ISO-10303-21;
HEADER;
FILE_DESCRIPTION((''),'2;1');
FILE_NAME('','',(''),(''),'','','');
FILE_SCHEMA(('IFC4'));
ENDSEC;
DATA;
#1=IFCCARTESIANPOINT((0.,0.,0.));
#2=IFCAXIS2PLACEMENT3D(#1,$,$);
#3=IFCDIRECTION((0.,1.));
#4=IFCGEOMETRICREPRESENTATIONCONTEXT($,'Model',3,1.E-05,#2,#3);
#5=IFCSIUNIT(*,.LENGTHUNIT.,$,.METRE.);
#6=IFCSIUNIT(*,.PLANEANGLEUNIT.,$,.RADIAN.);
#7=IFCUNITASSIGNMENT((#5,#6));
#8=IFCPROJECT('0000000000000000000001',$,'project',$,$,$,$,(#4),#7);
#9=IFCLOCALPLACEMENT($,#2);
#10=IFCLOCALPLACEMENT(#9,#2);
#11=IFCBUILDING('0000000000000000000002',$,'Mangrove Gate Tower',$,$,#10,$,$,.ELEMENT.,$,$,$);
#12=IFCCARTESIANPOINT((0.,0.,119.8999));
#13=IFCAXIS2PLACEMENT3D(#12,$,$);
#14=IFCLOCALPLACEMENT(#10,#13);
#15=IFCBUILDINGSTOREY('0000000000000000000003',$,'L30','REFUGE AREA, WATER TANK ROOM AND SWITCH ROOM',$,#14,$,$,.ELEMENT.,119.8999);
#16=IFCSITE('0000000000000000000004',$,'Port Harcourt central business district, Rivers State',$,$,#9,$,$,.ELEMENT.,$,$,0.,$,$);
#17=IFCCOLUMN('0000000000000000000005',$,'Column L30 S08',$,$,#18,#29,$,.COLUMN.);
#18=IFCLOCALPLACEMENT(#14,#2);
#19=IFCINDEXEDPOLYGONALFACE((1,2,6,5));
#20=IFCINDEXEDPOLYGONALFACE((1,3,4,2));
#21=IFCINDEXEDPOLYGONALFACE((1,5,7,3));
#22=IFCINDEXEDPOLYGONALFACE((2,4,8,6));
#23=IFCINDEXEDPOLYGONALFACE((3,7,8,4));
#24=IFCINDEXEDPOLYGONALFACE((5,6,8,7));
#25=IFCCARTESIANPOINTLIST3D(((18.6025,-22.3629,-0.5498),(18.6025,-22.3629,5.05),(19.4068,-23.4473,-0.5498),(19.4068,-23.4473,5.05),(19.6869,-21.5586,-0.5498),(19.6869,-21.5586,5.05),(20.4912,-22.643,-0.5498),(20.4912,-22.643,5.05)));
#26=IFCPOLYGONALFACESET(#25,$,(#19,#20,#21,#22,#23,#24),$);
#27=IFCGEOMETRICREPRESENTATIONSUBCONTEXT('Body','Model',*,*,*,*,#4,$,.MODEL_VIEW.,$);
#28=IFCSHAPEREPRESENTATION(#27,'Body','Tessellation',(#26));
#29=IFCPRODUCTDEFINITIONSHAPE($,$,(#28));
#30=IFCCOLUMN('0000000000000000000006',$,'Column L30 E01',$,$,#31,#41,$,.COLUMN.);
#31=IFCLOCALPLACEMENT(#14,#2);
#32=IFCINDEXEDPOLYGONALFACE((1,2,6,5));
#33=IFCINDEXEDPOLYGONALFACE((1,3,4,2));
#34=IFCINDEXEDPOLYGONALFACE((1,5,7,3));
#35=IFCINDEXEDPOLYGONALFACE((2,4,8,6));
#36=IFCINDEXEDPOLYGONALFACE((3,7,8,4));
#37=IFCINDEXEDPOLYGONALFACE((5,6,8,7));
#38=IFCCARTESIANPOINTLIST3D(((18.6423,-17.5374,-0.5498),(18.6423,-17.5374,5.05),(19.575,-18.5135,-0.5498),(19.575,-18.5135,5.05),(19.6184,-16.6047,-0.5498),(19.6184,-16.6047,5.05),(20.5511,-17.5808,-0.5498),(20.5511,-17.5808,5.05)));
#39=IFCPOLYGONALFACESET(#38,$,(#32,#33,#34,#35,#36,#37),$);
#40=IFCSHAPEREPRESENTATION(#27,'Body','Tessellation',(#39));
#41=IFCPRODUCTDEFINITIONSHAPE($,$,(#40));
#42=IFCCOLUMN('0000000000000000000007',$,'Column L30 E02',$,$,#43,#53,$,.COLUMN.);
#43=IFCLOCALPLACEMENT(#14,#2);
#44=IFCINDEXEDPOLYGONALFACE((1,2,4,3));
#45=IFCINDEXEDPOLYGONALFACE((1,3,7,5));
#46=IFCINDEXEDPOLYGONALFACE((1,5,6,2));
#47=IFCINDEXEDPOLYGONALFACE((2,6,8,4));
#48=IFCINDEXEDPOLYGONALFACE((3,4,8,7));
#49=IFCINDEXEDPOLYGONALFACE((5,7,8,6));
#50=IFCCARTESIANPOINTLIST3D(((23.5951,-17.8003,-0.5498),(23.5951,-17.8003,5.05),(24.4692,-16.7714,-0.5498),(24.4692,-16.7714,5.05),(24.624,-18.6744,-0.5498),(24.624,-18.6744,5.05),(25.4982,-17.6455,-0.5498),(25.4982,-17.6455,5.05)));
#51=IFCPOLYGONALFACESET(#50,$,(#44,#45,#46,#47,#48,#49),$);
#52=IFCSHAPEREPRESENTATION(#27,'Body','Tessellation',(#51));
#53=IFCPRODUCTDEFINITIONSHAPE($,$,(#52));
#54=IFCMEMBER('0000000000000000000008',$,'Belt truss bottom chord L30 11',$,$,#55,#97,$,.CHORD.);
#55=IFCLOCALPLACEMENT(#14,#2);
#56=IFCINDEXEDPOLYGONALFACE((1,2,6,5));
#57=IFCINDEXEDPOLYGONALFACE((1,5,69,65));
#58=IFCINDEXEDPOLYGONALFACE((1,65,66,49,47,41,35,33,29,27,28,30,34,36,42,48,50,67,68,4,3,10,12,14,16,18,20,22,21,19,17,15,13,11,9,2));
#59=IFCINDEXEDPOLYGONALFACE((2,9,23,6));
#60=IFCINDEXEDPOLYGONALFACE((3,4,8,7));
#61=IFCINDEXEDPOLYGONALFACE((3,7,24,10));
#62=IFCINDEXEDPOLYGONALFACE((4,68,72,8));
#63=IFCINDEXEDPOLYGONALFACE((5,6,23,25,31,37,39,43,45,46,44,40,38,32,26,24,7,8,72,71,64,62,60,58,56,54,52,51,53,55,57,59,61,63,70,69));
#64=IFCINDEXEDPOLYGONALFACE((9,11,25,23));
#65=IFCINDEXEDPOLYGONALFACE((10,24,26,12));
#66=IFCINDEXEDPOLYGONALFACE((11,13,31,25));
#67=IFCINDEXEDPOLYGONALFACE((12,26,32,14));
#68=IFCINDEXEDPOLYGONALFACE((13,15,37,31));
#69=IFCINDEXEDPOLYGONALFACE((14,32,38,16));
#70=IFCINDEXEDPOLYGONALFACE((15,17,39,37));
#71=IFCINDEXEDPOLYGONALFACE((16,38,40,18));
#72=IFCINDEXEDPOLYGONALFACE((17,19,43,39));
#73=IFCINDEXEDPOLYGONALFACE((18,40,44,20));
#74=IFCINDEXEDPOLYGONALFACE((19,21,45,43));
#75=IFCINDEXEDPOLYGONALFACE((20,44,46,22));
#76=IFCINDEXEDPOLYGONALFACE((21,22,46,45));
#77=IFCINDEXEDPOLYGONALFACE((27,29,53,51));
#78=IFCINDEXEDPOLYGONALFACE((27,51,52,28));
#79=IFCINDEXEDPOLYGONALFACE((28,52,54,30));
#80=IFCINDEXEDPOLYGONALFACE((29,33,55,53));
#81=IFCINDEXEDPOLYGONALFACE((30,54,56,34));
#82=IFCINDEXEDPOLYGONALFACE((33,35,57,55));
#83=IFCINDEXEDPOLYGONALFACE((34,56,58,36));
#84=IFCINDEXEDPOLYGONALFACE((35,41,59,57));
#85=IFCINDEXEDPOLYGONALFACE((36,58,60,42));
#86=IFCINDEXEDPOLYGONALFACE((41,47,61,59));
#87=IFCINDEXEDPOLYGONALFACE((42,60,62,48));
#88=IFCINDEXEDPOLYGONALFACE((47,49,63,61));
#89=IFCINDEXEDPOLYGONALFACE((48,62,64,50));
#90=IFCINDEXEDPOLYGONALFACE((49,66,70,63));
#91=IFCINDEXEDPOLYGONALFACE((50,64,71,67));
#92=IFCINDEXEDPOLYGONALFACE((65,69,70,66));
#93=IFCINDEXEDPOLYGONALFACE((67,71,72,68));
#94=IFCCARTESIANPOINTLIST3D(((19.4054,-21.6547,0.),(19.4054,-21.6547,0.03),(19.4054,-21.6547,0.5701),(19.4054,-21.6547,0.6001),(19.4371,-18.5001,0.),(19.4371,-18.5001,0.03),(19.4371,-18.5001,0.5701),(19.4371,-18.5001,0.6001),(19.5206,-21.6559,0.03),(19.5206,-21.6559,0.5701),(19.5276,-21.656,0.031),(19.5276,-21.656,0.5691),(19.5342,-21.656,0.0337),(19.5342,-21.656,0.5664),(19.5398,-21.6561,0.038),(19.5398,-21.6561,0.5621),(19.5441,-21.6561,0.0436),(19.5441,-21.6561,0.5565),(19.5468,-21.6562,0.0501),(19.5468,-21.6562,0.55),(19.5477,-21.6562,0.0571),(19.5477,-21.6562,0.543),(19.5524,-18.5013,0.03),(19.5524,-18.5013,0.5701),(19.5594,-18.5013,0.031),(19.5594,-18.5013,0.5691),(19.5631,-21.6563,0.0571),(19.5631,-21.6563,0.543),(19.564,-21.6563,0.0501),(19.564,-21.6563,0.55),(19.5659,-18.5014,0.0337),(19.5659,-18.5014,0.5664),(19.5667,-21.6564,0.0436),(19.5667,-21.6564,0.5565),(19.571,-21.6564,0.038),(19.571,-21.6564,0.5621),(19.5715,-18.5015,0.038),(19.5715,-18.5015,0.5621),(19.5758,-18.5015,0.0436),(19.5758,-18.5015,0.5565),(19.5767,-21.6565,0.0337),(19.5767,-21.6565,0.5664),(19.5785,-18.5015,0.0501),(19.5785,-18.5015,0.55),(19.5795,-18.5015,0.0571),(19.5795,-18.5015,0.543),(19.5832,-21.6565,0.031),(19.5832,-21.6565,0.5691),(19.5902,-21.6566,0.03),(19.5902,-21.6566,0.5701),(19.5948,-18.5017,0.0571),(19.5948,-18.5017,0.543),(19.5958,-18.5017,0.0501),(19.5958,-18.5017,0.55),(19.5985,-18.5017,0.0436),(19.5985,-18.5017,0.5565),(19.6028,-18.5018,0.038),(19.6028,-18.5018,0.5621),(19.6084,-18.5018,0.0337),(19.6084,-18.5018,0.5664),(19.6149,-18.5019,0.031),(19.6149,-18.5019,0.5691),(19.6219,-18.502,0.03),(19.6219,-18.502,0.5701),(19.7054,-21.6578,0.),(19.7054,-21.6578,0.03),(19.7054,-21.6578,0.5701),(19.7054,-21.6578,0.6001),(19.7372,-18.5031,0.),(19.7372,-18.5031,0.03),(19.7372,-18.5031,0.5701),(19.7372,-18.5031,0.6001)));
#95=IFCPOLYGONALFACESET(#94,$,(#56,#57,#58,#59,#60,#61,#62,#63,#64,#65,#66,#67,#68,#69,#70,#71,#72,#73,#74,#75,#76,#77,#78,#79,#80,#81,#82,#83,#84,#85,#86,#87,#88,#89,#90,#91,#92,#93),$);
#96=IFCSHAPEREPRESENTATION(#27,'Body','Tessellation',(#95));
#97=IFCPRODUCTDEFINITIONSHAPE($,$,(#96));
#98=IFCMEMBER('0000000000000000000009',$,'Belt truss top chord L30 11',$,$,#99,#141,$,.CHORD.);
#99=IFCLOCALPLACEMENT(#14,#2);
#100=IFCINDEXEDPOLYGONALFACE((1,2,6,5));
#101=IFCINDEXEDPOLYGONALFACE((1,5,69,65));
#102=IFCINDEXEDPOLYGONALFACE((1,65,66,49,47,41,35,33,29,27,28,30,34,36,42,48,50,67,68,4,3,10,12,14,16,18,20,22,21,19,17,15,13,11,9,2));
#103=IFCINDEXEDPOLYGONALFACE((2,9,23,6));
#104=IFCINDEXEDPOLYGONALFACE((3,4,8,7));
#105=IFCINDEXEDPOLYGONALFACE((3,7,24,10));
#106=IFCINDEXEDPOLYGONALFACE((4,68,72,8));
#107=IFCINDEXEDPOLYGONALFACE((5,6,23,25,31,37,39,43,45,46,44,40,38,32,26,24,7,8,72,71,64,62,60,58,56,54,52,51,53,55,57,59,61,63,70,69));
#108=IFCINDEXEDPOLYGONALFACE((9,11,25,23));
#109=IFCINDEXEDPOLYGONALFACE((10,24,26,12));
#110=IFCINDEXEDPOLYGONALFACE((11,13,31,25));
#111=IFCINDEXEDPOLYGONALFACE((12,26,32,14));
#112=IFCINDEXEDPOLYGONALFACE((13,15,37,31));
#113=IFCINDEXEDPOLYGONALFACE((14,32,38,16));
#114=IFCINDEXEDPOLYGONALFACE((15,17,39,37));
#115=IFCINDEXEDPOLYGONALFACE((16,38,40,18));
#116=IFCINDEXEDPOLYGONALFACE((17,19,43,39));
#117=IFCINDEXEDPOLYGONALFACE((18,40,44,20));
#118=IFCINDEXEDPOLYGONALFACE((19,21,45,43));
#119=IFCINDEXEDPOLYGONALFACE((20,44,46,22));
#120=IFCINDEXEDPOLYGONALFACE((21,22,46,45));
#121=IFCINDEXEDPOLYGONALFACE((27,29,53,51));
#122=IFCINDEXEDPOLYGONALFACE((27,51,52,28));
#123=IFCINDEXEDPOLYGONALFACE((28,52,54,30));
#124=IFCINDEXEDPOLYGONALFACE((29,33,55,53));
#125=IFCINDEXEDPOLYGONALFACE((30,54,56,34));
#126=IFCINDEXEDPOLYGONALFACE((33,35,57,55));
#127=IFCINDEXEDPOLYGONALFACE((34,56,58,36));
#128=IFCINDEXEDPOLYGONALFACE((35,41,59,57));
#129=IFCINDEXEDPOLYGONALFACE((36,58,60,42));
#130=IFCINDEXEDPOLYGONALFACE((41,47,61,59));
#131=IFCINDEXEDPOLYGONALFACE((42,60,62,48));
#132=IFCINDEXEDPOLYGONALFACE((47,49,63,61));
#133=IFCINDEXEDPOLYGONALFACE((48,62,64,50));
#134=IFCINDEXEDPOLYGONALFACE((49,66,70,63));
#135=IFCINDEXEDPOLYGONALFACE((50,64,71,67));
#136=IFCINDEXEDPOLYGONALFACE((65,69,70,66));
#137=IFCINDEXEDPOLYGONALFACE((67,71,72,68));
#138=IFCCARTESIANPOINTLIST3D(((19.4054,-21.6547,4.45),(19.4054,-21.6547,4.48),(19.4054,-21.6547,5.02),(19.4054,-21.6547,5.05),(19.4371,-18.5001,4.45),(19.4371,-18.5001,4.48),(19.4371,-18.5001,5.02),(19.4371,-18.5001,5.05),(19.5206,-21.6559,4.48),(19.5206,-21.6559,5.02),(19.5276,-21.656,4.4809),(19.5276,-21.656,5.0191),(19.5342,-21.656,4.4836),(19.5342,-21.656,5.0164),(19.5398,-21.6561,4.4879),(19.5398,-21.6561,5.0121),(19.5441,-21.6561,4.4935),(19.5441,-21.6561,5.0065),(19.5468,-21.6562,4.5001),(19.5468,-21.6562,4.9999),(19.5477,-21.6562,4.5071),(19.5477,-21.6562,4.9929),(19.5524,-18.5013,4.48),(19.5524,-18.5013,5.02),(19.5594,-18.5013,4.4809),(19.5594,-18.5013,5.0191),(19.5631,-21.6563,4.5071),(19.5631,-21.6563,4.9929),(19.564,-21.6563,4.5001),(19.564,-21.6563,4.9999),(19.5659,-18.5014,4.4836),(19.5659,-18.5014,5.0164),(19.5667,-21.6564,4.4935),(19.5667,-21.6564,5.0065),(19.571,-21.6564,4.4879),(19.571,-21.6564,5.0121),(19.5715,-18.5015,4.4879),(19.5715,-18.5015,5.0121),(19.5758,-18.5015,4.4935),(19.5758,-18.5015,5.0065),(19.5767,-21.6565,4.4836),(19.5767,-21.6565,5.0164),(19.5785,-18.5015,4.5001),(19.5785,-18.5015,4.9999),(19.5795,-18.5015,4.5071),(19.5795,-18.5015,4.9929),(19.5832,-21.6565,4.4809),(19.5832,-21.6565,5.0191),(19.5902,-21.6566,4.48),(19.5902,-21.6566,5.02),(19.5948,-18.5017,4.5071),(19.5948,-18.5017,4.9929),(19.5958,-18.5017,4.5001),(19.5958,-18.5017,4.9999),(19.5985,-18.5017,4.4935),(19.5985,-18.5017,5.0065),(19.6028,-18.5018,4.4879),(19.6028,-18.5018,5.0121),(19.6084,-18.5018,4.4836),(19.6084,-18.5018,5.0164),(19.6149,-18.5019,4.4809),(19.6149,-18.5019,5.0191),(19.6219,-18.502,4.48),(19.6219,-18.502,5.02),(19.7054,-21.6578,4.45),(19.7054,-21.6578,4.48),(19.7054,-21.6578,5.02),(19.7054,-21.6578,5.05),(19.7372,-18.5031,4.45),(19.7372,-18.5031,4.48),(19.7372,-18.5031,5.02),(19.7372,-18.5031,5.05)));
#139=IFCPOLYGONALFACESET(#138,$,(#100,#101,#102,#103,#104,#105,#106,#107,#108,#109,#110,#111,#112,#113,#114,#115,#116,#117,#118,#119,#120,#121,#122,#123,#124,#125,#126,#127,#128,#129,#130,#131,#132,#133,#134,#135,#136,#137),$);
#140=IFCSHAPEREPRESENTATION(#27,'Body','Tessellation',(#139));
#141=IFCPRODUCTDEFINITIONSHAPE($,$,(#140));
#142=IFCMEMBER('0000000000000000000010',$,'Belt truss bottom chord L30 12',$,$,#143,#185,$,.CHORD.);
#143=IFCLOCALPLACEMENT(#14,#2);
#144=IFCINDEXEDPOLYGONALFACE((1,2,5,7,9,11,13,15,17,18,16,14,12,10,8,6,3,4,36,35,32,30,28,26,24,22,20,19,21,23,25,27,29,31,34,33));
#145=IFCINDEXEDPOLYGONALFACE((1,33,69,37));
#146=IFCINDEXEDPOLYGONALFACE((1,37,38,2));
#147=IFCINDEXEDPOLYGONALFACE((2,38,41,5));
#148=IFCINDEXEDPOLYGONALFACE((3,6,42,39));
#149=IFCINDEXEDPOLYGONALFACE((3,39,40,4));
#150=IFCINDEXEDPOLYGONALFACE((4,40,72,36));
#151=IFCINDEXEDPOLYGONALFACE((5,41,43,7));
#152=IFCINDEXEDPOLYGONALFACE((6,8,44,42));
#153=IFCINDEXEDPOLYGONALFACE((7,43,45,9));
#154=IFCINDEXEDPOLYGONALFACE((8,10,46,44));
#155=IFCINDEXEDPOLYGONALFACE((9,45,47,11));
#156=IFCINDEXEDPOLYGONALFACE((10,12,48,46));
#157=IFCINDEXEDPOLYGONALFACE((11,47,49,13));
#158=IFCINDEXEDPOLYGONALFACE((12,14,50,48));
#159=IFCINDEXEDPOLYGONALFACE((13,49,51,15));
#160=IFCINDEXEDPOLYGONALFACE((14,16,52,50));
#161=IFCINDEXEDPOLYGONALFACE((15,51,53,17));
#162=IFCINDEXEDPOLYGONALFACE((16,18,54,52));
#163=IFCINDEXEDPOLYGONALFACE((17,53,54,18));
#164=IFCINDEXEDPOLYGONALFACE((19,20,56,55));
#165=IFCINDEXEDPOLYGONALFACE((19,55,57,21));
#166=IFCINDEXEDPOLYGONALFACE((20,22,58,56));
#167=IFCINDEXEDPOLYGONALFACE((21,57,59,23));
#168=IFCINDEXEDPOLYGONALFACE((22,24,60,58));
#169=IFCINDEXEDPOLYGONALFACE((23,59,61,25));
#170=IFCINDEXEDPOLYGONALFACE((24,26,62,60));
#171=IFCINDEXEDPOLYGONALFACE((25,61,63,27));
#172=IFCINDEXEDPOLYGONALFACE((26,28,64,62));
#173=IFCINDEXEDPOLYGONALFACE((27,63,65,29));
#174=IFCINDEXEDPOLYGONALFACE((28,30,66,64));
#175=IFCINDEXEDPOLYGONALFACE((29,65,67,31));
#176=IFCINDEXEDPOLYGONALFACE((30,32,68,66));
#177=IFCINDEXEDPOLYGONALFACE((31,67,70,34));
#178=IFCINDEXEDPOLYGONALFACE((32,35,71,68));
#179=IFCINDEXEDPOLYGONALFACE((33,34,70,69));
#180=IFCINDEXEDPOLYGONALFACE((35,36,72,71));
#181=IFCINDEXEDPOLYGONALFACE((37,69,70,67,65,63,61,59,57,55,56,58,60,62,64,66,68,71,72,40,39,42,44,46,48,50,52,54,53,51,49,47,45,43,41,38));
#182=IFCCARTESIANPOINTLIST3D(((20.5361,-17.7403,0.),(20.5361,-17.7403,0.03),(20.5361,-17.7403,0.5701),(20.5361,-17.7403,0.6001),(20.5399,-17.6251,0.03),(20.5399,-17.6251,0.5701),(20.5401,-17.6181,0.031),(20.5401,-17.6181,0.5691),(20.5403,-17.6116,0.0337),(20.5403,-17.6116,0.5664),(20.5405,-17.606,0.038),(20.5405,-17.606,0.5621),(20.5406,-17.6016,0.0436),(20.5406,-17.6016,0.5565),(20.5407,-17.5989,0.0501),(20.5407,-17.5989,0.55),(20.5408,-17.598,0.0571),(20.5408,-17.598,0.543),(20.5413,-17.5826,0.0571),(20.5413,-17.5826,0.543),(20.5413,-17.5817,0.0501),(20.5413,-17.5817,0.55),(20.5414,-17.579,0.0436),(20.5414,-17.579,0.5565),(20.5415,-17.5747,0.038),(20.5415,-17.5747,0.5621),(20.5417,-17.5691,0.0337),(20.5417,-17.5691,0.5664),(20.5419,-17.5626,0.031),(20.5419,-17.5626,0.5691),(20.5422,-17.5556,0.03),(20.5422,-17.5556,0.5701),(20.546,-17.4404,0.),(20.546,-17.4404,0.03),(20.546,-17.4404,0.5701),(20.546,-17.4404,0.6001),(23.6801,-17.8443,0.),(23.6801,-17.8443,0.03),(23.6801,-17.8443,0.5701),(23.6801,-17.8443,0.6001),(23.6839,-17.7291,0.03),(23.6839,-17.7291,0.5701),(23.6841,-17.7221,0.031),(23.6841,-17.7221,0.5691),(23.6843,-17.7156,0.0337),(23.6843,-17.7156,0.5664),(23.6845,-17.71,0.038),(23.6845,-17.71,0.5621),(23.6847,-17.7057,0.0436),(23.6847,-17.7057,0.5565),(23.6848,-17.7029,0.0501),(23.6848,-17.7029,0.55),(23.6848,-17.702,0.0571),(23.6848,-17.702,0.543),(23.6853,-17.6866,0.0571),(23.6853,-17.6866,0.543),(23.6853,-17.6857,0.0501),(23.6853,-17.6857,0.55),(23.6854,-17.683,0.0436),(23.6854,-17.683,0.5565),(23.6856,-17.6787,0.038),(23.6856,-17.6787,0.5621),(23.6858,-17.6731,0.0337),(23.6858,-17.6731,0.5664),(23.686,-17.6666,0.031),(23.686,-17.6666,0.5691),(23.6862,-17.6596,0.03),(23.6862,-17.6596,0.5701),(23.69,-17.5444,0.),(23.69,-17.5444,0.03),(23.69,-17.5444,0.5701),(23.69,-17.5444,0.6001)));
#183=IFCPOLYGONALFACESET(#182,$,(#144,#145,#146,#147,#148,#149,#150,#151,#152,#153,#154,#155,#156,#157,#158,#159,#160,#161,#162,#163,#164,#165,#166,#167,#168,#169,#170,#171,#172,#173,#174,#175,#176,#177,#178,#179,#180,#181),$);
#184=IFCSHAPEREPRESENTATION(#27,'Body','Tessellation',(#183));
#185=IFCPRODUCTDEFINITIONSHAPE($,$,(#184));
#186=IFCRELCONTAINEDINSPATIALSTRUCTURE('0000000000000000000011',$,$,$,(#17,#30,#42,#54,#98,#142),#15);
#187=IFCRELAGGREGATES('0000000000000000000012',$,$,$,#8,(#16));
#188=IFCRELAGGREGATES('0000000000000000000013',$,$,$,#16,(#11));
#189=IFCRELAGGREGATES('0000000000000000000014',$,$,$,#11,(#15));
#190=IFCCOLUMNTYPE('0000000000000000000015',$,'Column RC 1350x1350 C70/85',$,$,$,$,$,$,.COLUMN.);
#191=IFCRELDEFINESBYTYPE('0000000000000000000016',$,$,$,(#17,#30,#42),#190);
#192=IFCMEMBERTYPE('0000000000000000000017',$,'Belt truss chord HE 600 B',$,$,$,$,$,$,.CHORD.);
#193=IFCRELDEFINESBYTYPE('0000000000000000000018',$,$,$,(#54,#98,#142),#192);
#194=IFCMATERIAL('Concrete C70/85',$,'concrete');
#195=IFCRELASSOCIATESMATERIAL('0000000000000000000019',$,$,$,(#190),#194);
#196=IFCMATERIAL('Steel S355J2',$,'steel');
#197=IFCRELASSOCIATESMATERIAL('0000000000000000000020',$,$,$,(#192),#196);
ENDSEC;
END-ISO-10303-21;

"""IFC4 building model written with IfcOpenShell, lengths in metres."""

from ifc_helpers import new_model, si_unit, direction, frame, origin, origin_2d, place, context, subcontext, project, spatial, rectangle, i_section, extrude, material, material_profile, profile_set, type_object, element, save


model = new_model("IFC4")

# Units and contexts
model_context = context("Model", 3, precision=1e-05, world=origin(), true_north=direction((0.0, 1.0)))
body_context = subcontext(model_context, "Body", "Model", "MODEL_VIEW")
ifc_project = project(units=[si_unit("LENGTHUNIT", "METRE"), si_unit("PLANEANGLEUNIT", "RADIAN")], contexts=[model_context])

# Site, building, storey
site_placement = place(None, origin())
site = spatial("IfcSite", under=ifc_project, at=site_placement, Name="Port Harcourt central business district, Rivers State", CompositionType="ELEMENT", RefElevation=0.0)
building_placement = place(site_placement, origin())
building = spatial("IfcBuilding", under=site, at=building_placement, Name="Mangrove Gate Tower", CompositionType="ELEMENT")
storey_placement = place(building_placement, frame((0.0, 0.0, 119.8999)))
storey = spatial("IfcBuildingStorey", under=building, at=storey_placement, Name="L30", Description="REFUGE AREA, WATER TANK ROOM AND SWITCH ROOM", CompositionType="ELEMENT", Elevation=119.8999)

# Columns
ifc_material_1 = material(Name="Concrete C70/85", Category="concrete")
ifc_material_profile_1 = material_profile(ifc_material_1, rectangle(XDim=1.3501, YDim=1.3501, at=origin_2d()))
ifc_profile_set_1 = profile_set([ifc_material_profile_1], Name="Concrete C70/85")
column_type = type_object("IfcColumnType", Name="Column RC 1350x1350 C70/85", PredefinedType="COLUMN", material=ifc_profile_set_1)
for number, where, z_axis, x_axis, name in (
    (1, (19.5469, -22.5029, -0.5498), (0.0, 0.0, 1.0), (0.8032, 0.595709, 0.0), "Column L30 S08"),
    (2, (19.5967, -17.5591, -0.5498), (0.0, 0.0, 1.0), (0.722977, 0.690873, 0.0), "Column L30 E01"),
    (3, (24.5466, -17.7229, -0.5498), (0.0, 0.0, 1.0), (0.647444, 0.762113, 0.0), "Column L30 E02"),
):
    element("IfcColumn", number, at=place(storey_placement, frame(where, z_axis=z_axis, x_axis=x_axis)), inside=storey, type_object=column_type, Name=name, PredefinedType="COLUMN", context=body_context, shape_type="SweptSolid", body=[
        extrude(rectangle(XDim=1.3501, YDim=1.3501, at=origin_2d()), origin(), (0.0, 0.0, 1.0), 5.5999),
    ])

# Members
ifc_material_2 = material(Name="Steel S355J2", Category="steel")
ifc_material_profile_2 = material_profile(ifc_material_2, i_section(OverallWidth=0.3, OverallDepth=0.6001, WebThickness=0.0154, FlangeThickness=0.03, FilletRadius=0.0271, at=origin_2d()))
ifc_profile_set_2 = profile_set([ifc_material_profile_2], Name="Steel S355J2")
member_type_1 = type_object("IfcMemberType", Name="Belt truss chord HE 600 B", PredefinedType="CHORD", material=ifc_profile_set_2)
for number, where, z_axis, x_axis, name in (
    (4, (19.5554, -21.6562, 0.3), (0.010061, 0.999949, 0.0), (-0.999949, 0.010061, 0.0), "Belt truss bottom chord L30 11"),
    (5, (19.5554, -21.6562, 4.75), (0.010061, 0.999949, 0.0), (-0.999949, 0.010061, 0.0), "Belt truss top chord L30 11"),
):
    element("IfcMember", number, at=place(storey_placement, frame(where, z_axis=z_axis, x_axis=x_axis)), inside=storey, type_object=member_type_1, Name=name, PredefinedType="CHORD", context=body_context, shape_type="SweptSolid", body=[
        extrude(i_section(OverallWidth=0.3, OverallDepth=0.6001, WebThickness=0.0154, FlangeThickness=0.03, FilletRadius=0.0271, at=origin_2d()), origin(), (0.0, 0.0, 1.0), 3.1548),
    ])
for number, where, z_axis, x_axis, name in (
    (6, (20.541, -17.5903, 0.3), (0.999453, -0.033062, 0.0), (0.033062, 0.999453, 0.0), "Belt truss bottom chord L30 12"),
):
    element("IfcMember", number, at=place(storey_placement, frame(where, z_axis=z_axis, x_axis=x_axis)), inside=storey, type_object=member_type_1, Name=name, PredefinedType="CHORD", context=body_context, shape_type="SweptSolid", body=[
        extrude(i_section(OverallWidth=0.3, OverallDepth=0.6001, WebThickness=0.0154, FlangeThickness=0.03, FilletRadius=0.0271, at=origin_2d()), origin(), (0.0, 0.0, 1.0), 3.1458),
    ])

save(model, "model.ifc")
